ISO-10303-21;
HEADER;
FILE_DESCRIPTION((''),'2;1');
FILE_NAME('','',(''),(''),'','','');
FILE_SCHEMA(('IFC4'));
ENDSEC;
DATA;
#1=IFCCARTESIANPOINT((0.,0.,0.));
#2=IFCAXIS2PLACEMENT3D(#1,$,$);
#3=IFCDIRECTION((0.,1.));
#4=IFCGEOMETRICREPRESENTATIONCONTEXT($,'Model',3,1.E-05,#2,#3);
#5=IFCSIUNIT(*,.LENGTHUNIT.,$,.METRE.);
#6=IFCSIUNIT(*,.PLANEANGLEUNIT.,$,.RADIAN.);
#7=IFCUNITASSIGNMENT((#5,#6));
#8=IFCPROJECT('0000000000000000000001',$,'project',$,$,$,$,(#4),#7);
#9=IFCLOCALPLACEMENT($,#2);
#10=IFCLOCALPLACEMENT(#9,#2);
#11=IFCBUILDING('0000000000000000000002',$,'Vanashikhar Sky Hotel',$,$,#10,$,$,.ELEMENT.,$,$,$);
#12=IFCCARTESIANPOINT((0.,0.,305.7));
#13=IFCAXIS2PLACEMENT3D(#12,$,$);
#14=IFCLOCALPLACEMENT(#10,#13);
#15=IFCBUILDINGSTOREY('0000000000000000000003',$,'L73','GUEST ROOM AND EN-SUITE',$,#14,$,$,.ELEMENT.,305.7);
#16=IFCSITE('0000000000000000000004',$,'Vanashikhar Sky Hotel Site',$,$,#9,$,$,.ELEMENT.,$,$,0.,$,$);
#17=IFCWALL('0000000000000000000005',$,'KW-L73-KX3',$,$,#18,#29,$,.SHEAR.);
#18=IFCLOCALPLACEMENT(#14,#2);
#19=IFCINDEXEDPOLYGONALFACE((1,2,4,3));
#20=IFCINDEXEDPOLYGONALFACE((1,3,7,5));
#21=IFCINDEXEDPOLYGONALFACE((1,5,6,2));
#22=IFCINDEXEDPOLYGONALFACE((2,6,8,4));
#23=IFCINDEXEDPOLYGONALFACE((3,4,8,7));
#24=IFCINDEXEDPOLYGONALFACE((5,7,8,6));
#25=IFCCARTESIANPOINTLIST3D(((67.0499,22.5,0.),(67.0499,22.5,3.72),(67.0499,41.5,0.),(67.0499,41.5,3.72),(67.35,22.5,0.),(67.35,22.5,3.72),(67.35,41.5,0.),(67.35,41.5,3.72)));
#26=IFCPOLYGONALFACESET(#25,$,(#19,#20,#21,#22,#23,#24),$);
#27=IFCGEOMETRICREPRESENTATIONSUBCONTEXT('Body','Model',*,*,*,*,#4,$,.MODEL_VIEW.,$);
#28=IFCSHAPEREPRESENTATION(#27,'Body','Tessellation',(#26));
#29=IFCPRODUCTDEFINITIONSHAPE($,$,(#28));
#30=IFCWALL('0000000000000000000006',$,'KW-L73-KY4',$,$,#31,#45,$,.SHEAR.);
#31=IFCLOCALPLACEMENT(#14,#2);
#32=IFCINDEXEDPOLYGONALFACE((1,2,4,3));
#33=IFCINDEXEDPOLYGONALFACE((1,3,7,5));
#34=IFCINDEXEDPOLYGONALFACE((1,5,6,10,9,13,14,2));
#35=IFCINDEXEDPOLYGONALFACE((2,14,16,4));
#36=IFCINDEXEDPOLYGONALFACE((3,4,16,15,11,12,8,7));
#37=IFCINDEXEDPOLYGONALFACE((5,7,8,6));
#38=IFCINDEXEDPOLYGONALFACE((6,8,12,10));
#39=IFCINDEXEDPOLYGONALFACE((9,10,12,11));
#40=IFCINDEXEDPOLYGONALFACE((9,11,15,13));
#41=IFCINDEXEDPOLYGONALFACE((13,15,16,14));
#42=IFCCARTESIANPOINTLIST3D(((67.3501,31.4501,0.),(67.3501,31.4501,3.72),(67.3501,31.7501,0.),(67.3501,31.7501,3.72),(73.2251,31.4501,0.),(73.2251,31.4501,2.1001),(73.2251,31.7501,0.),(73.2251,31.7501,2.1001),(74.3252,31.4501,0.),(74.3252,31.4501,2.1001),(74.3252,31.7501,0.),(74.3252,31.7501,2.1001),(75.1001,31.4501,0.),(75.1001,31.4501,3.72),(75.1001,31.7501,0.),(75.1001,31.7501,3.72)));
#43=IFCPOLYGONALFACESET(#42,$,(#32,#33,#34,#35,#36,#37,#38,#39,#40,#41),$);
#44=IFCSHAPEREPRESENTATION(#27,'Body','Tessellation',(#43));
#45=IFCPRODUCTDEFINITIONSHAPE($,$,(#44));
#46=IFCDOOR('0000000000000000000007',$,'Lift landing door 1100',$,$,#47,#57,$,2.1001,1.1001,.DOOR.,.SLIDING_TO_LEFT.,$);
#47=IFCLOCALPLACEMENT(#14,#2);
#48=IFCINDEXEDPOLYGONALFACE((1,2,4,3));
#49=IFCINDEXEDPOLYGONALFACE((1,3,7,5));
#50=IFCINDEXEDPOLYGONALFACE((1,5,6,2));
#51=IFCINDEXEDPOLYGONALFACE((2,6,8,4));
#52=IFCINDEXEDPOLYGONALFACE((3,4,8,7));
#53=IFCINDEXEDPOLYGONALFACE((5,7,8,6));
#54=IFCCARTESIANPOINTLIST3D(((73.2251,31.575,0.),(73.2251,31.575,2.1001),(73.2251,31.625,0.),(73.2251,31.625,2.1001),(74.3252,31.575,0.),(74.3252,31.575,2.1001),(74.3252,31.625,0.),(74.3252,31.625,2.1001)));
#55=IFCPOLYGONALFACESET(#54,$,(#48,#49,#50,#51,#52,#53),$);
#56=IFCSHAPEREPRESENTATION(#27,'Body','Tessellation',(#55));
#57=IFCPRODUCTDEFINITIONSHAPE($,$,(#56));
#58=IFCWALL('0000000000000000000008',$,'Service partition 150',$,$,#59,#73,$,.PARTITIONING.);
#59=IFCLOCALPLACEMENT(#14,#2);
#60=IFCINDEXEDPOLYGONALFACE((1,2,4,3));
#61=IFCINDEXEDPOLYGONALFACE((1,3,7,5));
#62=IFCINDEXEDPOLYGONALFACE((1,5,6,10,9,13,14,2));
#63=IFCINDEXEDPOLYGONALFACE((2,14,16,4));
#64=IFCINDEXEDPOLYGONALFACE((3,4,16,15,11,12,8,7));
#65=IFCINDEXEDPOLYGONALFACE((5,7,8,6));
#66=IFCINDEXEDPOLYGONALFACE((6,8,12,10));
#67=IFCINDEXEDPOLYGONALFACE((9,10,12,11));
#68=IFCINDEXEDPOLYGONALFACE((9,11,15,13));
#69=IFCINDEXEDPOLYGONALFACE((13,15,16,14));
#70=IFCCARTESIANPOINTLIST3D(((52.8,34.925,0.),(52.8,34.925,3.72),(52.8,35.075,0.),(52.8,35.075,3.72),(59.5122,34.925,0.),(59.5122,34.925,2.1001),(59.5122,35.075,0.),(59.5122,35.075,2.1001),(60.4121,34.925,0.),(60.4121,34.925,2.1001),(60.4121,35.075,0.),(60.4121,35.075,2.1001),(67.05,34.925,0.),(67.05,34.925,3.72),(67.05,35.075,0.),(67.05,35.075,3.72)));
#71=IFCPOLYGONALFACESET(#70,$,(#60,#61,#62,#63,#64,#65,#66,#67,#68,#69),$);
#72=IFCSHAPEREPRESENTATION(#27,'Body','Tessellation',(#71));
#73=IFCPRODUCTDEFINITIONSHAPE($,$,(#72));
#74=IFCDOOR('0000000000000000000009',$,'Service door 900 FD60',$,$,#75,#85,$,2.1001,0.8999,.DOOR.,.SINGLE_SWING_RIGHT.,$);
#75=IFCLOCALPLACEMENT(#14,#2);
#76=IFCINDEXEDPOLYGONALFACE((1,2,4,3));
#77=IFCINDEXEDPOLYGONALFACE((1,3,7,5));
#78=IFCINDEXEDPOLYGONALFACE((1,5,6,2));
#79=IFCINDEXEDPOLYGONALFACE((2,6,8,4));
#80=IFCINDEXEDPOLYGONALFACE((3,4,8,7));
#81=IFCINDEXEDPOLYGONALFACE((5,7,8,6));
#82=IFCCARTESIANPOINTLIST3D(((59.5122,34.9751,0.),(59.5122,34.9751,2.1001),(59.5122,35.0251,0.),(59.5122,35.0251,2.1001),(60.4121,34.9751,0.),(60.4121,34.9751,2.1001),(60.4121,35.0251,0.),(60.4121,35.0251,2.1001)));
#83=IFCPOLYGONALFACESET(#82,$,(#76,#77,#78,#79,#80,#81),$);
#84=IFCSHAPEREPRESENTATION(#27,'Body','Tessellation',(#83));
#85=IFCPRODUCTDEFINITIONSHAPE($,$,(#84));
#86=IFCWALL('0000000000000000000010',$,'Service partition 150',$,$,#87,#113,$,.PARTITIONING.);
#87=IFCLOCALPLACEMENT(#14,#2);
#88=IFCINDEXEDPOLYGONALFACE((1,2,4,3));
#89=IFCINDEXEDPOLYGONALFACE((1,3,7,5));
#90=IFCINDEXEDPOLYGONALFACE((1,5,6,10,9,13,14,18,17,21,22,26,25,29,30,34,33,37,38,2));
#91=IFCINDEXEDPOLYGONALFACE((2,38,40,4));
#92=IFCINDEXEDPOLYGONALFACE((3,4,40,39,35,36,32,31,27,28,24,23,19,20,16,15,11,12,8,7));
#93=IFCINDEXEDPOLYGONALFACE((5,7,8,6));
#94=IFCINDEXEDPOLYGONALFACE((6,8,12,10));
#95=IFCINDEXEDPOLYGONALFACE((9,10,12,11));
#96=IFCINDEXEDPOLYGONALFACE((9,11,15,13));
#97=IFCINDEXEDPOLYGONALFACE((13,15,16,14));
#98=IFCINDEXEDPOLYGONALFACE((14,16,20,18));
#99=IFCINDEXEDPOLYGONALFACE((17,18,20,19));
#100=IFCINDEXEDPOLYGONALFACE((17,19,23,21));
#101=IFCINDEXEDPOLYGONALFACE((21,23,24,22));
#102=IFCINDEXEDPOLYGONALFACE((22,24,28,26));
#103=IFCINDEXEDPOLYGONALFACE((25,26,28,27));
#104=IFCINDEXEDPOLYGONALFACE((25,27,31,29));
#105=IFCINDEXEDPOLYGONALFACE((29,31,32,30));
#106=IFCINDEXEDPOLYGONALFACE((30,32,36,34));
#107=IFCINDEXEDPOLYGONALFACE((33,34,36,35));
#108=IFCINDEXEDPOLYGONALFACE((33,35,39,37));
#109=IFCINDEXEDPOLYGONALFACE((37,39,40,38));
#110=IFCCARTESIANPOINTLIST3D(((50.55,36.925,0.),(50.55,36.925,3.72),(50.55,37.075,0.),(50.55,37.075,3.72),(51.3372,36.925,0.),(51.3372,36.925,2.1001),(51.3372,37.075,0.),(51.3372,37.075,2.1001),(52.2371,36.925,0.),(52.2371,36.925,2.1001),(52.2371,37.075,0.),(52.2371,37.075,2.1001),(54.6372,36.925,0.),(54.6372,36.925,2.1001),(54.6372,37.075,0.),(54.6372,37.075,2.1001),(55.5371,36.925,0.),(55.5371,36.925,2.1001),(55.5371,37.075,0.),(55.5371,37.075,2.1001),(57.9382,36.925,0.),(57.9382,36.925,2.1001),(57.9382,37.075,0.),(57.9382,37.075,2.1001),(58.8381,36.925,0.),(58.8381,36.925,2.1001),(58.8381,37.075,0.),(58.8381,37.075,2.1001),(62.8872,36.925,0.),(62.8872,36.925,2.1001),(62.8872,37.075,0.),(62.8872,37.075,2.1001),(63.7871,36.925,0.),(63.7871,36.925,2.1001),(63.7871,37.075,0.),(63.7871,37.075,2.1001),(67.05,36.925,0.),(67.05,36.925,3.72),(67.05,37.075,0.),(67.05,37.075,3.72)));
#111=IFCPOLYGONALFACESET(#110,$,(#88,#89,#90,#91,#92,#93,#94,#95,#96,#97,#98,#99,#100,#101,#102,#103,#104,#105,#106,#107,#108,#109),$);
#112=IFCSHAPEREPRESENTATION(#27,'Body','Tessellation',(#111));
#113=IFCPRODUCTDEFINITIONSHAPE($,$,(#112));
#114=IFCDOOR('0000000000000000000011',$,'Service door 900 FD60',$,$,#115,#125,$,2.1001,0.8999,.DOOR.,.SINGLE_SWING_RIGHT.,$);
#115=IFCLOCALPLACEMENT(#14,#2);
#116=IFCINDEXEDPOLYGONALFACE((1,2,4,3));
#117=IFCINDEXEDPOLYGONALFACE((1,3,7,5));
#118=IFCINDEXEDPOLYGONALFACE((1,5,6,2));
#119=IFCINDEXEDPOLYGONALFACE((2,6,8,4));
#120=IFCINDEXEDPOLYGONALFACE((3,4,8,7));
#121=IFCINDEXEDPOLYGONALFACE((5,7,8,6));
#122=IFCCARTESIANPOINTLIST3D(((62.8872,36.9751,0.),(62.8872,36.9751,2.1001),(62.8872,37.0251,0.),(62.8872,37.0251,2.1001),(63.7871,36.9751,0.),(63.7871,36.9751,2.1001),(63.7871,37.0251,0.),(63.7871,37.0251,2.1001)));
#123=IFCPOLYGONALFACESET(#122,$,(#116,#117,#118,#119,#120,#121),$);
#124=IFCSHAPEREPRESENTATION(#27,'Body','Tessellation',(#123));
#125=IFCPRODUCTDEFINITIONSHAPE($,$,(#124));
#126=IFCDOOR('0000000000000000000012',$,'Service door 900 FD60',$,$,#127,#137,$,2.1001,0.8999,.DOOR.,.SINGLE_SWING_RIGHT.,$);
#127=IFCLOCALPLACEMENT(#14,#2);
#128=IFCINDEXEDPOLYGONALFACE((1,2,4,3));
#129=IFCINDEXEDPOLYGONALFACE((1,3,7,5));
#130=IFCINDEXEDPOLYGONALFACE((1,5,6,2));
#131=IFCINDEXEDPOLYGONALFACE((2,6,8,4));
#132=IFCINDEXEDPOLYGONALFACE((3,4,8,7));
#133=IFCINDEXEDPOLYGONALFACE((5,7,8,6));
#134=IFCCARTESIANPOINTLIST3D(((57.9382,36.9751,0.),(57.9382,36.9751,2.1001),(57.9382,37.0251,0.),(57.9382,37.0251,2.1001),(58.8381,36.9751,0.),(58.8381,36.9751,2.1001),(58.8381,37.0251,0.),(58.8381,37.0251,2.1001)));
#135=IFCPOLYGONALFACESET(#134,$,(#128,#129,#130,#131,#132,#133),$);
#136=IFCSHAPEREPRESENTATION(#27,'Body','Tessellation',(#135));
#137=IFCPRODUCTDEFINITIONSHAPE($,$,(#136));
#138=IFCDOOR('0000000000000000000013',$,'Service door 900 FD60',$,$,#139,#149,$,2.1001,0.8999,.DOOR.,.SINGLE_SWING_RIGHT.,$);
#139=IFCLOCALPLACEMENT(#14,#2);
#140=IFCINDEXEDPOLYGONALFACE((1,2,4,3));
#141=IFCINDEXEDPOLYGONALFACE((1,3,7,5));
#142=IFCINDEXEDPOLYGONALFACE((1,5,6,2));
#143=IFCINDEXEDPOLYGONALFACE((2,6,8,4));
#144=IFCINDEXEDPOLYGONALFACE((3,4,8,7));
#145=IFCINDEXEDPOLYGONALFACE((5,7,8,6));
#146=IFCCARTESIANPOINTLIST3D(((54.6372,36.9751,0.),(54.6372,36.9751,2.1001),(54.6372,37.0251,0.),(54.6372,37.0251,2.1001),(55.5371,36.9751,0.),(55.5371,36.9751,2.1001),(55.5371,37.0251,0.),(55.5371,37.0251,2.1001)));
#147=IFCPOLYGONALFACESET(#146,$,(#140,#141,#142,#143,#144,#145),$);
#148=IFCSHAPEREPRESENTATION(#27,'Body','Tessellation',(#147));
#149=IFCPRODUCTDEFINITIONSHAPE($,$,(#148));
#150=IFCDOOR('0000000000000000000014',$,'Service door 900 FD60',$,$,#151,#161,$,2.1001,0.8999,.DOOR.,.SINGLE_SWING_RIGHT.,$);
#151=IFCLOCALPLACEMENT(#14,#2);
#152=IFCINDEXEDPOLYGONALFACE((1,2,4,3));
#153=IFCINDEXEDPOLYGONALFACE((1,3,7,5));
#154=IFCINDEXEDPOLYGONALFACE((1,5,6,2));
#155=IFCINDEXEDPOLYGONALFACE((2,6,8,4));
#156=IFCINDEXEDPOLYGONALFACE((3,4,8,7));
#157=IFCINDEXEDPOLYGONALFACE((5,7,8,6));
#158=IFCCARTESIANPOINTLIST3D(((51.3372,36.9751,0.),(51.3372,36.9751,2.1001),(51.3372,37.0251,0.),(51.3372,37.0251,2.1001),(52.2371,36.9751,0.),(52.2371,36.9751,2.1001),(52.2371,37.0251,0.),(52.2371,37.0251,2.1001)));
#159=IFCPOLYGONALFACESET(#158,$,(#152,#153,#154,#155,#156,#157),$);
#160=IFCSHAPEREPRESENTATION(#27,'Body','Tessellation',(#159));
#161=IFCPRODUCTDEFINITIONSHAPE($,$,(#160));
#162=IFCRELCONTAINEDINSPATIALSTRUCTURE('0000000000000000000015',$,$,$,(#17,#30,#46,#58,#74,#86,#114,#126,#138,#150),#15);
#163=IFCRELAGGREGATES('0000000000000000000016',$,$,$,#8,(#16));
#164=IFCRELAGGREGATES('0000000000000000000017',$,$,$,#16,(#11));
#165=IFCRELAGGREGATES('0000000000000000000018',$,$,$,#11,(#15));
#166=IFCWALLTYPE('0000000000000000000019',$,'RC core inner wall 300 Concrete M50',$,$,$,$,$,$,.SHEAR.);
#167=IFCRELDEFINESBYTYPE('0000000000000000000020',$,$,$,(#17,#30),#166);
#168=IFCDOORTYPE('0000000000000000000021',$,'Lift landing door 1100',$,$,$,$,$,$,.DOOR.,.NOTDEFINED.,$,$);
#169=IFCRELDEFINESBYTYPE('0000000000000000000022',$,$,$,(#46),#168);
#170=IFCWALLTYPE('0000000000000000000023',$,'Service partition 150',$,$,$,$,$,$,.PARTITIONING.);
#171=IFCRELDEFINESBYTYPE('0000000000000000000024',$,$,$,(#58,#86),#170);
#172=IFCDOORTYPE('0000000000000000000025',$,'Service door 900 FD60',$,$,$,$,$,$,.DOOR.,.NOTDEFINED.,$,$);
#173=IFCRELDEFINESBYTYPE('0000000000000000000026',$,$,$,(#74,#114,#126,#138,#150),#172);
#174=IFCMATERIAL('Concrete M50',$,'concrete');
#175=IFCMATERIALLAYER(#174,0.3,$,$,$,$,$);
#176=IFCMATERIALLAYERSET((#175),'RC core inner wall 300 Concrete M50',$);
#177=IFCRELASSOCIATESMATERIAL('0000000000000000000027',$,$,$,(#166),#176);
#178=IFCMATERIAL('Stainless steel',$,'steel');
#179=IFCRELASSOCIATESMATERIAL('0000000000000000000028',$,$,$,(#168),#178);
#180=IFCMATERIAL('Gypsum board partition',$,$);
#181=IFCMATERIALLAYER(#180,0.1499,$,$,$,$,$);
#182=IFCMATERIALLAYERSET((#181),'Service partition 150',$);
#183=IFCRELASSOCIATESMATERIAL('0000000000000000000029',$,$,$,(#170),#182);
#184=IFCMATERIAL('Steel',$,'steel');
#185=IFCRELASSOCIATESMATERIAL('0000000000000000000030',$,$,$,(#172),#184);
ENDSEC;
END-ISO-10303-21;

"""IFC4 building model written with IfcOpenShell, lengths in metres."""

from ifc_helpers import new_model, si_unit, direction, frame, frame_2d, origin, place, context, subcontext, project, spatial, rectangle, extrude, source, transform, mapped, material, layer, layer_set, type_object, element, fill, save


model = new_model("IFC4")

# Units and contexts
model_context = context("Model", 3, precision=1e-05, world=origin(), true_north=direction((0.0, 1.0)))
body_context = subcontext(model_context, "Body", "Model", "MODEL_VIEW")
ifc_project = project(units=[si_unit("LENGTHUNIT", "METRE"), si_unit("PLANEANGLEUNIT", "RADIAN")], contexts=[model_context])

# Site, building, storey
site_placement = place(None, origin())
site = spatial("IfcSite", under=ifc_project, at=site_placement, Name="Vanashikhar Sky Hotel Site", CompositionType="ELEMENT", RefElevation=0.0)
building_placement = place(site_placement, origin())
building = spatial("IfcBuilding", under=site, at=building_placement, Name="Vanashikhar Sky Hotel", CompositionType="ELEMENT")
storey_placement = place(building_placement, frame((0.0, 0.0, 305.7)))
storey = spatial("IfcBuildingStorey", under=building, at=storey_placement, Name="L73", Description="GUEST ROOM AND EN-SUITE", CompositionType="ELEMENT", Elevation=305.7)

# Wall
ifc_material_1 = material(Name="Concrete M50", Category="concrete")
ifc_layer_1 = layer(ifc_material_1, 0.3)
ifc_layer_set_1 = layer_set([ifc_layer_1], Name="RC core inner wall 300 Concrete M50")
wall_type_1 = type_object("IfcWallType", Name="RC core inner wall 300 Concrete M50", PredefinedType="SHEAR", material=ifc_layer_set_1)
shared_shape_1 = source(origin(), body_context, "Body", "SweptSolid", [
    extrude(rectangle(XDim=19.0, YDim=0.3, at=frame_2d((9.5, 0.0))), origin(), (0.0, 0.0, 1.0), 3.72),
])
wall_1_placement = place(storey_placement, frame((67.2, 22.5, 0.0), z_axis=(0.0, 0.0, 1.0), x_axis=(0.0, 1.0, 0.0)))
element("IfcWall", 1, at=wall_1_placement, inside=storey, type_object=wall_type_1, Name="KW-L73-KX3", PredefinedType="SHEAR", context=body_context, shape_type="MappedRepresentation", body=[
    mapped(shared_shape_1, transform((0.0, 0.0, 0.0), scale=1.0)),
])

# Walls, openings, doors
shared_shape_2 = source(origin(), body_context, "Body", "SweptSolid", [
    extrude(rectangle(XDim=7.75, YDim=0.3, at=frame_2d((3.875, 0.0))), origin(), (0.0, 0.0, 1.0), 3.72),
])
wall_2_placement = place(storey_placement, frame((67.3501, 31.6001, 0.0), z_axis=(0.0, 0.0, 1.0), x_axis=(1.0, 0.0, 0.0)))
wall_2 = element("IfcWall", 2, at=wall_2_placement, inside=storey, type_object=wall_type_1, Name="KW-L73-KY4", PredefinedType="SHEAR", context=body_context, shape_type="MappedRepresentation", body=[
    mapped(shared_shape_2, transform((0.0, 0.0, 0.0), scale=1.0)),
])
shared_shape_3 = source(origin(), body_context, "Body", "SweptSolid", [
    extrude(rectangle(XDim=1.1001, YDim=2.1001, at=frame_2d((0.55, 1.05))), frame((0.0, 0.1602, 0.0), z_axis=(0.0, -1.0, 0.0), x_axis=(1.0, 0.0, 0.0)), (0.0, 0.0, 1.0), 0.3201),
])
opening_1_placement = place(wall_2_placement, frame((5.875, 0.0, 0.0)))
opening_1 = element("IfcOpeningElement", 3, at=opening_1_placement, cuts=wall_2, PredefinedType="OPENING", context=body_context, shape_type="MappedRepresentation", body=[
    mapped(shared_shape_3, transform((0.0, 0.0, 0.0), scale=1.0)),
])
ifc_material_2 = material(Name="Stainless steel", Category="steel")
door_type_1 = type_object("IfcDoorType", Name="Lift landing door 1100", OperationType="NOTDEFINED", PredefinedType="DOOR", material=ifc_material_2)
shared_shape_4 = source(origin(), body_context, "Body", "SweptSolid", [
    extrude(rectangle(XDim=1.1001, YDim=2.1001, at=frame_2d((0.55, 1.05))), frame((0.0, 0.0249, 0.0), z_axis=(0.0, -1.0, 0.0), x_axis=(1.0, 0.0, 0.0)), (0.0, 0.0, 1.0), 0.05),
])
door_1_placement = place(opening_1_placement, origin())
door_1 = element("IfcDoor", 4, at=door_1_placement, inside=storey, type_object=door_type_1, Name="Lift landing door 1100", OperationType="SLIDING_TO_LEFT", OverallHeight=2.1001, OverallWidth=1.1001, PredefinedType="DOOR", context=body_context, shape_type="MappedRepresentation", body=[
    mapped(shared_shape_4, transform((0.0, 0.0, 0.0), scale=1.0)),
])
fill(opening_1, door_1)
ifc_material_3 = material(Name="Gypsum board partition")
ifc_layer_2 = layer(ifc_material_3, 0.1499)
ifc_layer_set_2 = layer_set([ifc_layer_2], Name="Service partition 150")
wall_type_2 = type_object("IfcWallType", Name="Service partition 150", PredefinedType="PARTITIONING", material=ifc_layer_set_2)
shared_shape_5 = source(origin(), body_context, "Body", "SweptSolid", [
    extrude(rectangle(XDim=14.25, YDim=0.1499, at=frame_2d((7.125, 0.0))), origin(), (0.0, 0.0, 1.0), 3.72),
])
wall_3_placement = place(storey_placement, frame((67.05, 35.0, 0.0), z_axis=(0.0, 0.0, 1.0), x_axis=(-1.0, 0.0, 0.0)))
wall_3 = element("IfcWall", 5, at=wall_3_placement, inside=storey, type_object=wall_type_2, Name="Service partition 150", PredefinedType="PARTITIONING", context=body_context, shape_type="MappedRepresentation", body=[
    mapped(shared_shape_5, transform((0.0, 0.0, 0.0), scale=1.0)),
])
shared_shape_6 = source(origin(), body_context, "Body", "SweptSolid", [
    extrude(rectangle(XDim=0.8999, YDim=2.1001, at=frame_2d((0.45, 1.05))), frame((0.0, 0.085, 0.0), z_axis=(0.0, -1.0, 0.0), x_axis=(1.0, 0.0, 0.0)), (0.0, 0.0, 1.0), 0.1699),
])
opening_2_placement = place(wall_3_placement, frame((6.6379, 0.0, 0.0)))
opening_2 = element("IfcOpeningElement", 6, at=opening_2_placement, cuts=wall_3, PredefinedType="OPENING", context=body_context, shape_type="MappedRepresentation", body=[
    mapped(shared_shape_6, transform((0.0, 0.0, 0.0), scale=1.0)),
])
ifc_material_4 = material(Name="Steel", Category="steel")
door_type_2 = type_object("IfcDoorType", Name="Service door 900 FD60", OperationType="NOTDEFINED", PredefinedType="DOOR", material=ifc_material_4)
shared_shape_7 = source(origin(), body_context, "Body", "SweptSolid", [
    extrude(rectangle(XDim=0.8999, YDim=2.1001, at=frame_2d((0.45, 1.05))), frame((0.0, 0.0249, 0.0), z_axis=(0.0, -1.0, 0.0), x_axis=(1.0, 0.0, 0.0)), (0.0, 0.0, 1.0), 0.05),
])
door_2_placement = place(opening_2_placement, origin())
door_2 = element("IfcDoor", 7, at=door_2_placement, inside=storey, type_object=door_type_2, Name="Service door 900 FD60", OperationType="SINGLE_SWING_RIGHT", OverallHeight=2.1001, OverallWidth=0.8999, PredefinedType="DOOR", context=body_context, shape_type="MappedRepresentation", body=[
    mapped(shared_shape_7, transform((0.0, 0.0, 0.0), scale=1.0)),
])
fill(opening_2, door_2)

# Wall, openings, doors
shared_shape_8 = source(origin(), body_context, "Body", "SweptSolid", [
    extrude(rectangle(XDim=16.5, YDim=0.1499, at=frame_2d((8.25, 0.0))), origin(), (0.0, 0.0, 1.0), 3.72),
])
wall_4_placement = place(storey_placement, frame((67.05, 37.0, 0.0), z_axis=(0.0, 0.0, 1.0), x_axis=(-1.0, 0.0, 0.0)))
wall_4 = element("IfcWall", 8, at=wall_4_placement, inside=storey, type_object=wall_type_2, Name="Service partition 150", PredefinedType="PARTITIONING", context=body_context, shape_type="MappedRepresentation", body=[
    mapped(shared_shape_8, transform((0.0, 0.0, 0.0), scale=1.0)),
])
opening_3_placement = place(wall_4_placement, frame((3.2629, 0.0, 0.0)))
opening_3 = element("IfcOpeningElement", 9, at=opening_3_placement, cuts=wall_4, PredefinedType="OPENING", context=body_context, shape_type="MappedRepresentation", body=[
    mapped(shared_shape_6, transform((0.0, 0.0, 0.0), scale=1.0)),
])
opening_4_placement = place(wall_4_placement, frame((8.2119, 0.0, 0.0)))
opening_4 = element("IfcOpeningElement", 10, at=opening_4_placement, cuts=wall_4, PredefinedType="OPENING", context=body_context, shape_type="MappedRepresentation", body=[
    mapped(shared_shape_6, transform((0.0, 0.0, 0.0), scale=1.0)),
])
opening_5_placement = place(wall_4_placement, frame((11.5129, 0.0, 0.0)))
opening_5 = element("IfcOpeningElement", 11, at=opening_5_placement, cuts=wall_4, PredefinedType="OPENING", context=body_context, shape_type="MappedRepresentation", body=[
    mapped(shared_shape_6, transform((0.0, 0.0, 0.0), scale=1.0)),
])
opening_6_placement = place(wall_4_placement, frame((14.813, 0.0, 0.0)))
opening_6 = element("IfcOpeningElement", 12, at=opening_6_placement, cuts=wall_4, PredefinedType="OPENING", context=body_context, shape_type="MappedRepresentation", body=[
    mapped(shared_shape_6, transform((0.0, 0.0, 0.0), scale=1.0)),
])
door_3_placement = place(opening_3_placement, origin())
door_3 = element("IfcDoor", 13, at=door_3_placement, inside=storey, type_object=door_type_2, Name="Service door 900 FD60", OperationType="SINGLE_SWING_RIGHT", OverallHeight=2.1001, OverallWidth=0.8999, PredefinedType="DOOR", context=body_context, shape_type="MappedRepresentation", body=[
    mapped(shared_shape_7, transform((0.0, 0.0, 0.0), scale=1.0)),
])
fill(opening_3, door_3)
door_4_placement = place(opening_4_placement, origin())
door_4 = element("IfcDoor", 14, at=door_4_placement, inside=storey, type_object=door_type_2, Name="Service door 900 FD60", OperationType="SINGLE_SWING_RIGHT", OverallHeight=2.1001, OverallWidth=0.8999, PredefinedType="DOOR", context=body_context, shape_type="MappedRepresentation", body=[
    mapped(shared_shape_7, transform((0.0, 0.0, 0.0), scale=1.0)),
])
fill(opening_4, door_4)
door_5_placement = place(opening_5_placement, origin())
door_5 = element("IfcDoor", 15, at=door_5_placement, inside=storey, type_object=door_type_2, Name="Service door 900 FD60", OperationType="SINGLE_SWING_RIGHT", OverallHeight=2.1001, OverallWidth=0.8999, PredefinedType="DOOR", context=body_context, shape_type="MappedRepresentation", body=[
    mapped(shared_shape_7, transform((0.0, 0.0, 0.0), scale=1.0)),
])
fill(opening_5, door_5)
door_6_placement = place(opening_6_placement, origin())
door_6 = element("IfcDoor", 16, at=door_6_placement, inside=storey, type_object=door_type_2, Name="Service door 900 FD60", OperationType="SINGLE_SWING_RIGHT", OverallHeight=2.1001, OverallWidth=0.8999, PredefinedType="DOOR", context=body_context, shape_type="MappedRepresentation", body=[
    mapped(shared_shape_7, transform((0.0, 0.0, 0.0), scale=1.0)),
])
fill(opening_6, door_6)

save(model, "model.ifc")
